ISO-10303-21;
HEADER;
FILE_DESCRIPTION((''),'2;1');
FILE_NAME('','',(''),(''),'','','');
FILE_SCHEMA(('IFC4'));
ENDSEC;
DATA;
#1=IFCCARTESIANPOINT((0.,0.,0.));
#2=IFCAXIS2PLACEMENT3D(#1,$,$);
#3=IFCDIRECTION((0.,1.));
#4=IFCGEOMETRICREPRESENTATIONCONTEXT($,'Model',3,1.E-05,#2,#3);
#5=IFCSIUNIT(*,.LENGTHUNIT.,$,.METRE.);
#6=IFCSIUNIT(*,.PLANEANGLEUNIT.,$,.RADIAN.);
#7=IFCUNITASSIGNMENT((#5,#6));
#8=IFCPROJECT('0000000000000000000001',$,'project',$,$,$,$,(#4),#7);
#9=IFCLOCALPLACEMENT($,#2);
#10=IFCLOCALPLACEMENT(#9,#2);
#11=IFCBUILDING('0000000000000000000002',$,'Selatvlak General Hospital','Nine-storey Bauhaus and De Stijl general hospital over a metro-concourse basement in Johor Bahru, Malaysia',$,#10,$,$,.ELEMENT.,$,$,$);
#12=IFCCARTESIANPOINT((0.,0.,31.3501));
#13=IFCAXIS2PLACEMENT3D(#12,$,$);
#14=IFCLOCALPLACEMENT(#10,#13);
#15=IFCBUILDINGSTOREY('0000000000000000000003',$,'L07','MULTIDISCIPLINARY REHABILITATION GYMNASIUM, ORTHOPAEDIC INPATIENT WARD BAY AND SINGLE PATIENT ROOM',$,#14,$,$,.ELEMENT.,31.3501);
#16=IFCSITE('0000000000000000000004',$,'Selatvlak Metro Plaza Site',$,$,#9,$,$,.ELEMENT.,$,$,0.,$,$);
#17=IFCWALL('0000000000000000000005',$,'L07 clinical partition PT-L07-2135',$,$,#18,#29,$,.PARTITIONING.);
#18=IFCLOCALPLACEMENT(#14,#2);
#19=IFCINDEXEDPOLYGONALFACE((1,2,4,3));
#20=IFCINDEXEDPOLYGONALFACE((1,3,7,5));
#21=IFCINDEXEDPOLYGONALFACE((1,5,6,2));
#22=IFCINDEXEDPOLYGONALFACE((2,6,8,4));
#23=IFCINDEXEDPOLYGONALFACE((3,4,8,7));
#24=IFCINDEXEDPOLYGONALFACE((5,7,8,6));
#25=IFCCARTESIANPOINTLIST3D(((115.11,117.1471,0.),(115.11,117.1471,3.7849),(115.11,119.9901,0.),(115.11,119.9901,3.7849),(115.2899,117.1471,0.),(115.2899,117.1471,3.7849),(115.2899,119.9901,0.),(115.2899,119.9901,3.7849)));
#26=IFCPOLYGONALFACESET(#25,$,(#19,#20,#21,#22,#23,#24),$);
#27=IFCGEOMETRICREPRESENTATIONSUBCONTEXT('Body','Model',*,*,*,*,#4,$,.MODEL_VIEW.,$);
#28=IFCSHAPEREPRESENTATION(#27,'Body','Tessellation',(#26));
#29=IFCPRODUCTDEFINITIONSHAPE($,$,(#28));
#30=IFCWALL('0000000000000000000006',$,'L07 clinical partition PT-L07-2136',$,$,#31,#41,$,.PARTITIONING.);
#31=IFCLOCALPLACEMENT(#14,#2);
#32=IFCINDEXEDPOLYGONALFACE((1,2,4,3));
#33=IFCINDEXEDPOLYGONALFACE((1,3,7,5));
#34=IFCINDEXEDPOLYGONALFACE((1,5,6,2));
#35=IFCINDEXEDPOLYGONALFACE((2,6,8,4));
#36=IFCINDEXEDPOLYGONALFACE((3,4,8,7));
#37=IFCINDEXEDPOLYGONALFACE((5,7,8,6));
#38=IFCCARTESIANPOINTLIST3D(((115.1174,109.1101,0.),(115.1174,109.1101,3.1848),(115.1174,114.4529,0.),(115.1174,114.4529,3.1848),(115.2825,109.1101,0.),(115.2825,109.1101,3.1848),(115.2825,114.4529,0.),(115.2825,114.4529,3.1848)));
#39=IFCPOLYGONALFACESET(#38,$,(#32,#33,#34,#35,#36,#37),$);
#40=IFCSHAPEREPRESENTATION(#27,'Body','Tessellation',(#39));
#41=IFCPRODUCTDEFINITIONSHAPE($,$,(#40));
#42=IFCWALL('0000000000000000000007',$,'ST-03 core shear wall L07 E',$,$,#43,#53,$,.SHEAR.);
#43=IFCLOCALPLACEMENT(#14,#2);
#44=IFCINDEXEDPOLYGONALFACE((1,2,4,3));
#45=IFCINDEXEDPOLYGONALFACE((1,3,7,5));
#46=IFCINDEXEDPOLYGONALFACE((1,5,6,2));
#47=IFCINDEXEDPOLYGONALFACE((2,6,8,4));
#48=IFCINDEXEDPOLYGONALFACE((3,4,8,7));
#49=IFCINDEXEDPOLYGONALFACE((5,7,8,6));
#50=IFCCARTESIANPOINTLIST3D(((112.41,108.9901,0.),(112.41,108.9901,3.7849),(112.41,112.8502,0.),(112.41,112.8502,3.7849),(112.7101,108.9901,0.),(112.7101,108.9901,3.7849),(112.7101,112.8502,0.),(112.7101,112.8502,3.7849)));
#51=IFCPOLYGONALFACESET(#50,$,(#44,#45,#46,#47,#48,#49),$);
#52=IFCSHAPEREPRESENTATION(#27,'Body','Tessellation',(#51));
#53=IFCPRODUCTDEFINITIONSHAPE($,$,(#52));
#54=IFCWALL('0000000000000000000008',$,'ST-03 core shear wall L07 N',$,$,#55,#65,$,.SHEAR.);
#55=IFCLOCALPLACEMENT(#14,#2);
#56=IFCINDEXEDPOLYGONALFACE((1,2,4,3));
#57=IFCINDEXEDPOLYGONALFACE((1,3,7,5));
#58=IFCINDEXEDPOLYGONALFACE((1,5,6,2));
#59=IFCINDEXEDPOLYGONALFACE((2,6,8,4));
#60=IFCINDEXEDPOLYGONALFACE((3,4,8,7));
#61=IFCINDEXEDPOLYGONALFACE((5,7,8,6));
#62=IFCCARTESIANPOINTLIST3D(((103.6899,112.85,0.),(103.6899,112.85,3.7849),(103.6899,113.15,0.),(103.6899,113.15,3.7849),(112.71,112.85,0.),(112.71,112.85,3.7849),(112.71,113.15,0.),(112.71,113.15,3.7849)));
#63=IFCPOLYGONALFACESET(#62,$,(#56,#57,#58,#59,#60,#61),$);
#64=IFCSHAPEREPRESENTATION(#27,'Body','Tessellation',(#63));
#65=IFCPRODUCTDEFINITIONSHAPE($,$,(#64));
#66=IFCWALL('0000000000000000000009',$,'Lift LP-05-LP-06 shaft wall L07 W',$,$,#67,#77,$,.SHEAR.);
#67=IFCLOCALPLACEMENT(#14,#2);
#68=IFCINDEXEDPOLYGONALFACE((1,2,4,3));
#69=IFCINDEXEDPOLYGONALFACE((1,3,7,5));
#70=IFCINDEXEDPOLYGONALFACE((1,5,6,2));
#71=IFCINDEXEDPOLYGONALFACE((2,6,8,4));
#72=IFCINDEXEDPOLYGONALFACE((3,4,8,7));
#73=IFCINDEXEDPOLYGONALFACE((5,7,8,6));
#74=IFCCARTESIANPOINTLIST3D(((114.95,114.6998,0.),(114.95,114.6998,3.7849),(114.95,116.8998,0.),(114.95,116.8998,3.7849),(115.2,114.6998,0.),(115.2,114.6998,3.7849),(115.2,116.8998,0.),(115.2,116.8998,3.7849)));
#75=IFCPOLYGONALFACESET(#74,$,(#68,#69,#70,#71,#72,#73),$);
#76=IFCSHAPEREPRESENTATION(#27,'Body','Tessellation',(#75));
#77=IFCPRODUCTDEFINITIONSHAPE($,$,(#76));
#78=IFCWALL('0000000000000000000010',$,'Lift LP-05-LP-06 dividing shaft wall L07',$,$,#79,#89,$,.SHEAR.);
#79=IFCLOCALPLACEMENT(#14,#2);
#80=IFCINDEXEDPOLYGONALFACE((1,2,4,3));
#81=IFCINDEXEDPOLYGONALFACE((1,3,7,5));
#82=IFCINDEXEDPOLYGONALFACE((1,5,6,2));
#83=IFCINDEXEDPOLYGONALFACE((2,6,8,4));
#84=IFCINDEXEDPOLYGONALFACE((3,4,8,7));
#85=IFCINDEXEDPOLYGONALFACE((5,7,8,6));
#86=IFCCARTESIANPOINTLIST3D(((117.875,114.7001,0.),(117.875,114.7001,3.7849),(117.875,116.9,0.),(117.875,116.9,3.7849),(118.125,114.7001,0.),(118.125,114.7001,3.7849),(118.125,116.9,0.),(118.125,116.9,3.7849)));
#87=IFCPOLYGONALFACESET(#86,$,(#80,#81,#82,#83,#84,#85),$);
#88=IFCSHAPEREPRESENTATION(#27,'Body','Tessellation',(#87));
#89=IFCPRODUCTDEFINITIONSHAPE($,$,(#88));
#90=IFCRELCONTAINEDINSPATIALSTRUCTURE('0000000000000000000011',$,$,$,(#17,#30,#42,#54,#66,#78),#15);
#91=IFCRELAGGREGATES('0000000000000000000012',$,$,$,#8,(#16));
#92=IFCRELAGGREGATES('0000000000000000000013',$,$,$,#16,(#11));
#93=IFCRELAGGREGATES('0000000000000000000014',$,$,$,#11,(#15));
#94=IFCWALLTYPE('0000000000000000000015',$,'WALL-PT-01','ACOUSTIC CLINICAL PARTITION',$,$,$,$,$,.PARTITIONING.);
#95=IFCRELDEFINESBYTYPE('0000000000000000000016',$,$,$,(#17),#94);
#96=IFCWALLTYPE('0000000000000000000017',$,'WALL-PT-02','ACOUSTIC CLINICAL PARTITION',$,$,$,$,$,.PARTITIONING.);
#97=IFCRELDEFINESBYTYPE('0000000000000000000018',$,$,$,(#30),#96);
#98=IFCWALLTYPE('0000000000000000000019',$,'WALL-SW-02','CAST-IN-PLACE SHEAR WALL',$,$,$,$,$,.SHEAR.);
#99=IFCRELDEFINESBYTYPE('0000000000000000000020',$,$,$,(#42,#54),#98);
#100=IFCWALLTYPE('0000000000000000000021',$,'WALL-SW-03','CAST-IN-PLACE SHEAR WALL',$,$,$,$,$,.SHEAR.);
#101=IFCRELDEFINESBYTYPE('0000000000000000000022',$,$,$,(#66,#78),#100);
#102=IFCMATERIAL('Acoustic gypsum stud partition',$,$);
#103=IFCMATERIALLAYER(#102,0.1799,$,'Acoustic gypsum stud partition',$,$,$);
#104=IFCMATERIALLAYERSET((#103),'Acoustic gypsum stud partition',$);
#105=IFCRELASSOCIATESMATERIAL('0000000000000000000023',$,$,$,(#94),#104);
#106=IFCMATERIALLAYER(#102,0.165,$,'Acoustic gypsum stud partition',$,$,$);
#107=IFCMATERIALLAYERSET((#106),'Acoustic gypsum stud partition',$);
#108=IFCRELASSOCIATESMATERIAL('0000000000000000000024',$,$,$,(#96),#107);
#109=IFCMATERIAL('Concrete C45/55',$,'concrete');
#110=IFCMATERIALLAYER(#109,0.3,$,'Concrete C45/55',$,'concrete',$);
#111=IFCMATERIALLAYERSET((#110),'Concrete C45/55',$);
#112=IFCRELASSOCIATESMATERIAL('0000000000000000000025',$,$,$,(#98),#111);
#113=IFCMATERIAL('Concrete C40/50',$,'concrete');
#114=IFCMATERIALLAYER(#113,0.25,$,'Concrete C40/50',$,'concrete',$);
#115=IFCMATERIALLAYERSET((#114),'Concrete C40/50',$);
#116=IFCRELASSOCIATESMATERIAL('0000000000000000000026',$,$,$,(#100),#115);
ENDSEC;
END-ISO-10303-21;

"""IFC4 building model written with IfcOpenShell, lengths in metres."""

from ifc_helpers import new_model, si_unit, direction, frame, frame_2d, origin, place, context, subcontext, project, spatial, rectangle, extrude, material, layer, layer_set, type_object, element, save


model = new_model("IFC4")

# Units and contexts
model_context = context("Model", 3, precision=1e-05, world=origin(), true_north=direction((0.0, 1.0)))
body_context = subcontext(model_context, "Body", "Model", "MODEL_VIEW")
ifc_project = project(units=[si_unit("LENGTHUNIT", "METRE"), si_unit("PLANEANGLEUNIT", "RADIAN")], contexts=[model_context])

# Site, building, storey
site_placement = place(None, origin())
site = spatial("IfcSite", under=ifc_project, at=site_placement, Name="Selatvlak Metro Plaza Site", CompositionType="ELEMENT", RefElevation=0.0)
building_placement = place(site_placement, origin())
building = spatial("IfcBuilding", under=site, at=building_placement, Name="Selatvlak General Hospital", Description="Nine-storey Bauhaus and De Stijl general hospital over a metro-concourse basement in Johor Bahru, Malaysia", CompositionType="ELEMENT")
storey_placement = place(building_placement, frame((0.0, 0.0, 31.3501)))
storey = spatial("IfcBuildingStorey", under=building, at=storey_placement, Name="L07", Description="MULTIDISCIPLINARY REHABILITATION GYMNASIUM, ORTHOPAEDIC INPATIENT WARD BAY AND SINGLE PATIENT ROOM", CompositionType="ELEMENT", Elevation=31.3501)

# Shared definitions
ifc_material_1 = material(Name="Concrete C40/50", Category="concrete")

# Walls
ifc_material_2 = material(Name="Acoustic gypsum stud partition")
ifc_layer_1 = layer(ifc_material_2, 0.1799, Name="Acoustic gypsum stud partition")
ifc_layer_set_1 = layer_set([ifc_layer_1], Name="Acoustic gypsum stud partition")
wall_type_1 = type_object("IfcWallType", Name="WALL-PT-01", Description="ACOUSTIC CLINICAL PARTITION", PredefinedType="PARTITIONING", material=ifc_layer_set_1)
wall_1_placement = place(storey_placement, frame((115.2, 119.99, 0.0), z_axis=(0.0, 0.0, 1.0), x_axis=(0.0, -1.0, 0.0)))
element("IfcWall", 1, at=wall_1_placement, inside=storey, type_object=wall_type_1, Name="L07 clinical partition PT-L07-2135", PredefinedType="PARTITIONING", context=body_context, shape_type="SweptSolid", body=[
    extrude(rectangle(XDim=2.843, YDim=0.1799, at=frame_2d((1.4214, 0.0))), origin(), (0.0, 0.0, 1.0), 3.7849),
])
ifc_layer_2 = layer(ifc_material_2, 0.165, Name="Acoustic gypsum stud partition")
ifc_layer_set_2 = layer_set([ifc_layer_2], Name="Acoustic gypsum stud partition")
wall_type_2 = type_object("IfcWallType", Name="WALL-PT-02", Description="ACOUSTIC CLINICAL PARTITION", PredefinedType="PARTITIONING", material=ifc_layer_set_2)
wall_2_placement = place(storey_placement, frame((115.2, 114.4529, 0.0), z_axis=(0.0, 0.0, 1.0), x_axis=(0.0, -1.0, 0.0)))
element("IfcWall", 2, at=wall_2_placement, inside=storey, type_object=wall_type_2, Name="L07 clinical partition PT-L07-2136", PredefinedType="PARTITIONING", context=body_context, shape_type="SweptSolid", body=[
    extrude(rectangle(XDim=5.3428, YDim=0.165, at=frame_2d((2.6714, 0.0))), origin(), (0.0, 0.0, 1.0), 3.1848),
])
ifc_material_3 = material(Name="Concrete C45/55", Category="concrete")
ifc_layer_3 = layer(ifc_material_3, 0.3, Name="Concrete C45/55", Category="concrete")
ifc_layer_set_3 = layer_set([ifc_layer_3], Name="Concrete C45/55")
wall_type_3 = type_object("IfcWallType", Name="WALL-SW-02", Description="CAST-IN-PLACE SHEAR WALL", PredefinedType="SHEAR", material=ifc_layer_set_3)
wall_3_placement = place(storey_placement, frame((112.5601, 108.99, 0.0), z_axis=(0.0, 0.0, 1.0), x_axis=(0.0, 1.0, 0.0)))
element("IfcWall", 3, at=wall_3_placement, inside=storey, type_object=wall_type_3, Name="ST-03 core shear wall L07 E", PredefinedType="SHEAR", context=body_context, shape_type="SweptSolid", body=[
    extrude(rectangle(XDim=3.8601, YDim=0.3, at=frame_2d((1.9302, 0.0))), origin(), (0.0, 0.0, 1.0), 3.7849),
])
wall_4_placement = place(storey_placement, frame((112.71, 113.0, 0.0), z_axis=(0.0, 0.0, 1.0), x_axis=(-1.0, 0.0, 0.0)))
element("IfcWall", 4, at=wall_4_placement, inside=storey, type_object=wall_type_3, Name="ST-03 core shear wall L07 N", PredefinedType="SHEAR", context=body_context, shape_type="SweptSolid", body=[
    extrude(rectangle(XDim=9.02, YDim=0.3, at=frame_2d((4.51, 0.0))), origin(), (0.0, 0.0, 1.0), 3.7849),
])

# Shared definitions
ifc_layer_4 = layer(ifc_material_1, 0.25, Name="Concrete C40/50", Category="concrete")
ifc_layer_set_4 = layer_set([ifc_layer_4], Name="Concrete C40/50")
wall_type_4 = type_object("IfcWallType", Name="WALL-SW-03", Description="CAST-IN-PLACE SHEAR WALL", PredefinedType="SHEAR", material=ifc_layer_set_4)

# Walls
for number, where, z_axis, x_axis, name in (
    (5, (115.075, 116.8999, 0.0), (0.0, 0.0, 1.0), (0.0, -1.0, 0.0), "Lift LP-05-LP-06 shaft wall L07 W"),
    (6, (118.0, 114.7, 0.0), (0.0, 0.0, 1.0), (0.0, 1.0, 0.0), "Lift LP-05-LP-06 dividing shaft wall L07"),
):
    element("IfcWall", number, at=place(storey_placement, frame(where, z_axis=z_axis, x_axis=x_axis)), inside=storey, type_object=wall_type_4, Name=name, PredefinedType="SHEAR", context=body_context, shape_type="SweptSolid", body=[
        extrude(rectangle(XDim=2.2, YDim=0.25, at=frame_2d((1.1001, 0.0))), origin(), (0.0, 0.0, 1.0), 3.7849),
    ])

save(model, "model.ifc")
